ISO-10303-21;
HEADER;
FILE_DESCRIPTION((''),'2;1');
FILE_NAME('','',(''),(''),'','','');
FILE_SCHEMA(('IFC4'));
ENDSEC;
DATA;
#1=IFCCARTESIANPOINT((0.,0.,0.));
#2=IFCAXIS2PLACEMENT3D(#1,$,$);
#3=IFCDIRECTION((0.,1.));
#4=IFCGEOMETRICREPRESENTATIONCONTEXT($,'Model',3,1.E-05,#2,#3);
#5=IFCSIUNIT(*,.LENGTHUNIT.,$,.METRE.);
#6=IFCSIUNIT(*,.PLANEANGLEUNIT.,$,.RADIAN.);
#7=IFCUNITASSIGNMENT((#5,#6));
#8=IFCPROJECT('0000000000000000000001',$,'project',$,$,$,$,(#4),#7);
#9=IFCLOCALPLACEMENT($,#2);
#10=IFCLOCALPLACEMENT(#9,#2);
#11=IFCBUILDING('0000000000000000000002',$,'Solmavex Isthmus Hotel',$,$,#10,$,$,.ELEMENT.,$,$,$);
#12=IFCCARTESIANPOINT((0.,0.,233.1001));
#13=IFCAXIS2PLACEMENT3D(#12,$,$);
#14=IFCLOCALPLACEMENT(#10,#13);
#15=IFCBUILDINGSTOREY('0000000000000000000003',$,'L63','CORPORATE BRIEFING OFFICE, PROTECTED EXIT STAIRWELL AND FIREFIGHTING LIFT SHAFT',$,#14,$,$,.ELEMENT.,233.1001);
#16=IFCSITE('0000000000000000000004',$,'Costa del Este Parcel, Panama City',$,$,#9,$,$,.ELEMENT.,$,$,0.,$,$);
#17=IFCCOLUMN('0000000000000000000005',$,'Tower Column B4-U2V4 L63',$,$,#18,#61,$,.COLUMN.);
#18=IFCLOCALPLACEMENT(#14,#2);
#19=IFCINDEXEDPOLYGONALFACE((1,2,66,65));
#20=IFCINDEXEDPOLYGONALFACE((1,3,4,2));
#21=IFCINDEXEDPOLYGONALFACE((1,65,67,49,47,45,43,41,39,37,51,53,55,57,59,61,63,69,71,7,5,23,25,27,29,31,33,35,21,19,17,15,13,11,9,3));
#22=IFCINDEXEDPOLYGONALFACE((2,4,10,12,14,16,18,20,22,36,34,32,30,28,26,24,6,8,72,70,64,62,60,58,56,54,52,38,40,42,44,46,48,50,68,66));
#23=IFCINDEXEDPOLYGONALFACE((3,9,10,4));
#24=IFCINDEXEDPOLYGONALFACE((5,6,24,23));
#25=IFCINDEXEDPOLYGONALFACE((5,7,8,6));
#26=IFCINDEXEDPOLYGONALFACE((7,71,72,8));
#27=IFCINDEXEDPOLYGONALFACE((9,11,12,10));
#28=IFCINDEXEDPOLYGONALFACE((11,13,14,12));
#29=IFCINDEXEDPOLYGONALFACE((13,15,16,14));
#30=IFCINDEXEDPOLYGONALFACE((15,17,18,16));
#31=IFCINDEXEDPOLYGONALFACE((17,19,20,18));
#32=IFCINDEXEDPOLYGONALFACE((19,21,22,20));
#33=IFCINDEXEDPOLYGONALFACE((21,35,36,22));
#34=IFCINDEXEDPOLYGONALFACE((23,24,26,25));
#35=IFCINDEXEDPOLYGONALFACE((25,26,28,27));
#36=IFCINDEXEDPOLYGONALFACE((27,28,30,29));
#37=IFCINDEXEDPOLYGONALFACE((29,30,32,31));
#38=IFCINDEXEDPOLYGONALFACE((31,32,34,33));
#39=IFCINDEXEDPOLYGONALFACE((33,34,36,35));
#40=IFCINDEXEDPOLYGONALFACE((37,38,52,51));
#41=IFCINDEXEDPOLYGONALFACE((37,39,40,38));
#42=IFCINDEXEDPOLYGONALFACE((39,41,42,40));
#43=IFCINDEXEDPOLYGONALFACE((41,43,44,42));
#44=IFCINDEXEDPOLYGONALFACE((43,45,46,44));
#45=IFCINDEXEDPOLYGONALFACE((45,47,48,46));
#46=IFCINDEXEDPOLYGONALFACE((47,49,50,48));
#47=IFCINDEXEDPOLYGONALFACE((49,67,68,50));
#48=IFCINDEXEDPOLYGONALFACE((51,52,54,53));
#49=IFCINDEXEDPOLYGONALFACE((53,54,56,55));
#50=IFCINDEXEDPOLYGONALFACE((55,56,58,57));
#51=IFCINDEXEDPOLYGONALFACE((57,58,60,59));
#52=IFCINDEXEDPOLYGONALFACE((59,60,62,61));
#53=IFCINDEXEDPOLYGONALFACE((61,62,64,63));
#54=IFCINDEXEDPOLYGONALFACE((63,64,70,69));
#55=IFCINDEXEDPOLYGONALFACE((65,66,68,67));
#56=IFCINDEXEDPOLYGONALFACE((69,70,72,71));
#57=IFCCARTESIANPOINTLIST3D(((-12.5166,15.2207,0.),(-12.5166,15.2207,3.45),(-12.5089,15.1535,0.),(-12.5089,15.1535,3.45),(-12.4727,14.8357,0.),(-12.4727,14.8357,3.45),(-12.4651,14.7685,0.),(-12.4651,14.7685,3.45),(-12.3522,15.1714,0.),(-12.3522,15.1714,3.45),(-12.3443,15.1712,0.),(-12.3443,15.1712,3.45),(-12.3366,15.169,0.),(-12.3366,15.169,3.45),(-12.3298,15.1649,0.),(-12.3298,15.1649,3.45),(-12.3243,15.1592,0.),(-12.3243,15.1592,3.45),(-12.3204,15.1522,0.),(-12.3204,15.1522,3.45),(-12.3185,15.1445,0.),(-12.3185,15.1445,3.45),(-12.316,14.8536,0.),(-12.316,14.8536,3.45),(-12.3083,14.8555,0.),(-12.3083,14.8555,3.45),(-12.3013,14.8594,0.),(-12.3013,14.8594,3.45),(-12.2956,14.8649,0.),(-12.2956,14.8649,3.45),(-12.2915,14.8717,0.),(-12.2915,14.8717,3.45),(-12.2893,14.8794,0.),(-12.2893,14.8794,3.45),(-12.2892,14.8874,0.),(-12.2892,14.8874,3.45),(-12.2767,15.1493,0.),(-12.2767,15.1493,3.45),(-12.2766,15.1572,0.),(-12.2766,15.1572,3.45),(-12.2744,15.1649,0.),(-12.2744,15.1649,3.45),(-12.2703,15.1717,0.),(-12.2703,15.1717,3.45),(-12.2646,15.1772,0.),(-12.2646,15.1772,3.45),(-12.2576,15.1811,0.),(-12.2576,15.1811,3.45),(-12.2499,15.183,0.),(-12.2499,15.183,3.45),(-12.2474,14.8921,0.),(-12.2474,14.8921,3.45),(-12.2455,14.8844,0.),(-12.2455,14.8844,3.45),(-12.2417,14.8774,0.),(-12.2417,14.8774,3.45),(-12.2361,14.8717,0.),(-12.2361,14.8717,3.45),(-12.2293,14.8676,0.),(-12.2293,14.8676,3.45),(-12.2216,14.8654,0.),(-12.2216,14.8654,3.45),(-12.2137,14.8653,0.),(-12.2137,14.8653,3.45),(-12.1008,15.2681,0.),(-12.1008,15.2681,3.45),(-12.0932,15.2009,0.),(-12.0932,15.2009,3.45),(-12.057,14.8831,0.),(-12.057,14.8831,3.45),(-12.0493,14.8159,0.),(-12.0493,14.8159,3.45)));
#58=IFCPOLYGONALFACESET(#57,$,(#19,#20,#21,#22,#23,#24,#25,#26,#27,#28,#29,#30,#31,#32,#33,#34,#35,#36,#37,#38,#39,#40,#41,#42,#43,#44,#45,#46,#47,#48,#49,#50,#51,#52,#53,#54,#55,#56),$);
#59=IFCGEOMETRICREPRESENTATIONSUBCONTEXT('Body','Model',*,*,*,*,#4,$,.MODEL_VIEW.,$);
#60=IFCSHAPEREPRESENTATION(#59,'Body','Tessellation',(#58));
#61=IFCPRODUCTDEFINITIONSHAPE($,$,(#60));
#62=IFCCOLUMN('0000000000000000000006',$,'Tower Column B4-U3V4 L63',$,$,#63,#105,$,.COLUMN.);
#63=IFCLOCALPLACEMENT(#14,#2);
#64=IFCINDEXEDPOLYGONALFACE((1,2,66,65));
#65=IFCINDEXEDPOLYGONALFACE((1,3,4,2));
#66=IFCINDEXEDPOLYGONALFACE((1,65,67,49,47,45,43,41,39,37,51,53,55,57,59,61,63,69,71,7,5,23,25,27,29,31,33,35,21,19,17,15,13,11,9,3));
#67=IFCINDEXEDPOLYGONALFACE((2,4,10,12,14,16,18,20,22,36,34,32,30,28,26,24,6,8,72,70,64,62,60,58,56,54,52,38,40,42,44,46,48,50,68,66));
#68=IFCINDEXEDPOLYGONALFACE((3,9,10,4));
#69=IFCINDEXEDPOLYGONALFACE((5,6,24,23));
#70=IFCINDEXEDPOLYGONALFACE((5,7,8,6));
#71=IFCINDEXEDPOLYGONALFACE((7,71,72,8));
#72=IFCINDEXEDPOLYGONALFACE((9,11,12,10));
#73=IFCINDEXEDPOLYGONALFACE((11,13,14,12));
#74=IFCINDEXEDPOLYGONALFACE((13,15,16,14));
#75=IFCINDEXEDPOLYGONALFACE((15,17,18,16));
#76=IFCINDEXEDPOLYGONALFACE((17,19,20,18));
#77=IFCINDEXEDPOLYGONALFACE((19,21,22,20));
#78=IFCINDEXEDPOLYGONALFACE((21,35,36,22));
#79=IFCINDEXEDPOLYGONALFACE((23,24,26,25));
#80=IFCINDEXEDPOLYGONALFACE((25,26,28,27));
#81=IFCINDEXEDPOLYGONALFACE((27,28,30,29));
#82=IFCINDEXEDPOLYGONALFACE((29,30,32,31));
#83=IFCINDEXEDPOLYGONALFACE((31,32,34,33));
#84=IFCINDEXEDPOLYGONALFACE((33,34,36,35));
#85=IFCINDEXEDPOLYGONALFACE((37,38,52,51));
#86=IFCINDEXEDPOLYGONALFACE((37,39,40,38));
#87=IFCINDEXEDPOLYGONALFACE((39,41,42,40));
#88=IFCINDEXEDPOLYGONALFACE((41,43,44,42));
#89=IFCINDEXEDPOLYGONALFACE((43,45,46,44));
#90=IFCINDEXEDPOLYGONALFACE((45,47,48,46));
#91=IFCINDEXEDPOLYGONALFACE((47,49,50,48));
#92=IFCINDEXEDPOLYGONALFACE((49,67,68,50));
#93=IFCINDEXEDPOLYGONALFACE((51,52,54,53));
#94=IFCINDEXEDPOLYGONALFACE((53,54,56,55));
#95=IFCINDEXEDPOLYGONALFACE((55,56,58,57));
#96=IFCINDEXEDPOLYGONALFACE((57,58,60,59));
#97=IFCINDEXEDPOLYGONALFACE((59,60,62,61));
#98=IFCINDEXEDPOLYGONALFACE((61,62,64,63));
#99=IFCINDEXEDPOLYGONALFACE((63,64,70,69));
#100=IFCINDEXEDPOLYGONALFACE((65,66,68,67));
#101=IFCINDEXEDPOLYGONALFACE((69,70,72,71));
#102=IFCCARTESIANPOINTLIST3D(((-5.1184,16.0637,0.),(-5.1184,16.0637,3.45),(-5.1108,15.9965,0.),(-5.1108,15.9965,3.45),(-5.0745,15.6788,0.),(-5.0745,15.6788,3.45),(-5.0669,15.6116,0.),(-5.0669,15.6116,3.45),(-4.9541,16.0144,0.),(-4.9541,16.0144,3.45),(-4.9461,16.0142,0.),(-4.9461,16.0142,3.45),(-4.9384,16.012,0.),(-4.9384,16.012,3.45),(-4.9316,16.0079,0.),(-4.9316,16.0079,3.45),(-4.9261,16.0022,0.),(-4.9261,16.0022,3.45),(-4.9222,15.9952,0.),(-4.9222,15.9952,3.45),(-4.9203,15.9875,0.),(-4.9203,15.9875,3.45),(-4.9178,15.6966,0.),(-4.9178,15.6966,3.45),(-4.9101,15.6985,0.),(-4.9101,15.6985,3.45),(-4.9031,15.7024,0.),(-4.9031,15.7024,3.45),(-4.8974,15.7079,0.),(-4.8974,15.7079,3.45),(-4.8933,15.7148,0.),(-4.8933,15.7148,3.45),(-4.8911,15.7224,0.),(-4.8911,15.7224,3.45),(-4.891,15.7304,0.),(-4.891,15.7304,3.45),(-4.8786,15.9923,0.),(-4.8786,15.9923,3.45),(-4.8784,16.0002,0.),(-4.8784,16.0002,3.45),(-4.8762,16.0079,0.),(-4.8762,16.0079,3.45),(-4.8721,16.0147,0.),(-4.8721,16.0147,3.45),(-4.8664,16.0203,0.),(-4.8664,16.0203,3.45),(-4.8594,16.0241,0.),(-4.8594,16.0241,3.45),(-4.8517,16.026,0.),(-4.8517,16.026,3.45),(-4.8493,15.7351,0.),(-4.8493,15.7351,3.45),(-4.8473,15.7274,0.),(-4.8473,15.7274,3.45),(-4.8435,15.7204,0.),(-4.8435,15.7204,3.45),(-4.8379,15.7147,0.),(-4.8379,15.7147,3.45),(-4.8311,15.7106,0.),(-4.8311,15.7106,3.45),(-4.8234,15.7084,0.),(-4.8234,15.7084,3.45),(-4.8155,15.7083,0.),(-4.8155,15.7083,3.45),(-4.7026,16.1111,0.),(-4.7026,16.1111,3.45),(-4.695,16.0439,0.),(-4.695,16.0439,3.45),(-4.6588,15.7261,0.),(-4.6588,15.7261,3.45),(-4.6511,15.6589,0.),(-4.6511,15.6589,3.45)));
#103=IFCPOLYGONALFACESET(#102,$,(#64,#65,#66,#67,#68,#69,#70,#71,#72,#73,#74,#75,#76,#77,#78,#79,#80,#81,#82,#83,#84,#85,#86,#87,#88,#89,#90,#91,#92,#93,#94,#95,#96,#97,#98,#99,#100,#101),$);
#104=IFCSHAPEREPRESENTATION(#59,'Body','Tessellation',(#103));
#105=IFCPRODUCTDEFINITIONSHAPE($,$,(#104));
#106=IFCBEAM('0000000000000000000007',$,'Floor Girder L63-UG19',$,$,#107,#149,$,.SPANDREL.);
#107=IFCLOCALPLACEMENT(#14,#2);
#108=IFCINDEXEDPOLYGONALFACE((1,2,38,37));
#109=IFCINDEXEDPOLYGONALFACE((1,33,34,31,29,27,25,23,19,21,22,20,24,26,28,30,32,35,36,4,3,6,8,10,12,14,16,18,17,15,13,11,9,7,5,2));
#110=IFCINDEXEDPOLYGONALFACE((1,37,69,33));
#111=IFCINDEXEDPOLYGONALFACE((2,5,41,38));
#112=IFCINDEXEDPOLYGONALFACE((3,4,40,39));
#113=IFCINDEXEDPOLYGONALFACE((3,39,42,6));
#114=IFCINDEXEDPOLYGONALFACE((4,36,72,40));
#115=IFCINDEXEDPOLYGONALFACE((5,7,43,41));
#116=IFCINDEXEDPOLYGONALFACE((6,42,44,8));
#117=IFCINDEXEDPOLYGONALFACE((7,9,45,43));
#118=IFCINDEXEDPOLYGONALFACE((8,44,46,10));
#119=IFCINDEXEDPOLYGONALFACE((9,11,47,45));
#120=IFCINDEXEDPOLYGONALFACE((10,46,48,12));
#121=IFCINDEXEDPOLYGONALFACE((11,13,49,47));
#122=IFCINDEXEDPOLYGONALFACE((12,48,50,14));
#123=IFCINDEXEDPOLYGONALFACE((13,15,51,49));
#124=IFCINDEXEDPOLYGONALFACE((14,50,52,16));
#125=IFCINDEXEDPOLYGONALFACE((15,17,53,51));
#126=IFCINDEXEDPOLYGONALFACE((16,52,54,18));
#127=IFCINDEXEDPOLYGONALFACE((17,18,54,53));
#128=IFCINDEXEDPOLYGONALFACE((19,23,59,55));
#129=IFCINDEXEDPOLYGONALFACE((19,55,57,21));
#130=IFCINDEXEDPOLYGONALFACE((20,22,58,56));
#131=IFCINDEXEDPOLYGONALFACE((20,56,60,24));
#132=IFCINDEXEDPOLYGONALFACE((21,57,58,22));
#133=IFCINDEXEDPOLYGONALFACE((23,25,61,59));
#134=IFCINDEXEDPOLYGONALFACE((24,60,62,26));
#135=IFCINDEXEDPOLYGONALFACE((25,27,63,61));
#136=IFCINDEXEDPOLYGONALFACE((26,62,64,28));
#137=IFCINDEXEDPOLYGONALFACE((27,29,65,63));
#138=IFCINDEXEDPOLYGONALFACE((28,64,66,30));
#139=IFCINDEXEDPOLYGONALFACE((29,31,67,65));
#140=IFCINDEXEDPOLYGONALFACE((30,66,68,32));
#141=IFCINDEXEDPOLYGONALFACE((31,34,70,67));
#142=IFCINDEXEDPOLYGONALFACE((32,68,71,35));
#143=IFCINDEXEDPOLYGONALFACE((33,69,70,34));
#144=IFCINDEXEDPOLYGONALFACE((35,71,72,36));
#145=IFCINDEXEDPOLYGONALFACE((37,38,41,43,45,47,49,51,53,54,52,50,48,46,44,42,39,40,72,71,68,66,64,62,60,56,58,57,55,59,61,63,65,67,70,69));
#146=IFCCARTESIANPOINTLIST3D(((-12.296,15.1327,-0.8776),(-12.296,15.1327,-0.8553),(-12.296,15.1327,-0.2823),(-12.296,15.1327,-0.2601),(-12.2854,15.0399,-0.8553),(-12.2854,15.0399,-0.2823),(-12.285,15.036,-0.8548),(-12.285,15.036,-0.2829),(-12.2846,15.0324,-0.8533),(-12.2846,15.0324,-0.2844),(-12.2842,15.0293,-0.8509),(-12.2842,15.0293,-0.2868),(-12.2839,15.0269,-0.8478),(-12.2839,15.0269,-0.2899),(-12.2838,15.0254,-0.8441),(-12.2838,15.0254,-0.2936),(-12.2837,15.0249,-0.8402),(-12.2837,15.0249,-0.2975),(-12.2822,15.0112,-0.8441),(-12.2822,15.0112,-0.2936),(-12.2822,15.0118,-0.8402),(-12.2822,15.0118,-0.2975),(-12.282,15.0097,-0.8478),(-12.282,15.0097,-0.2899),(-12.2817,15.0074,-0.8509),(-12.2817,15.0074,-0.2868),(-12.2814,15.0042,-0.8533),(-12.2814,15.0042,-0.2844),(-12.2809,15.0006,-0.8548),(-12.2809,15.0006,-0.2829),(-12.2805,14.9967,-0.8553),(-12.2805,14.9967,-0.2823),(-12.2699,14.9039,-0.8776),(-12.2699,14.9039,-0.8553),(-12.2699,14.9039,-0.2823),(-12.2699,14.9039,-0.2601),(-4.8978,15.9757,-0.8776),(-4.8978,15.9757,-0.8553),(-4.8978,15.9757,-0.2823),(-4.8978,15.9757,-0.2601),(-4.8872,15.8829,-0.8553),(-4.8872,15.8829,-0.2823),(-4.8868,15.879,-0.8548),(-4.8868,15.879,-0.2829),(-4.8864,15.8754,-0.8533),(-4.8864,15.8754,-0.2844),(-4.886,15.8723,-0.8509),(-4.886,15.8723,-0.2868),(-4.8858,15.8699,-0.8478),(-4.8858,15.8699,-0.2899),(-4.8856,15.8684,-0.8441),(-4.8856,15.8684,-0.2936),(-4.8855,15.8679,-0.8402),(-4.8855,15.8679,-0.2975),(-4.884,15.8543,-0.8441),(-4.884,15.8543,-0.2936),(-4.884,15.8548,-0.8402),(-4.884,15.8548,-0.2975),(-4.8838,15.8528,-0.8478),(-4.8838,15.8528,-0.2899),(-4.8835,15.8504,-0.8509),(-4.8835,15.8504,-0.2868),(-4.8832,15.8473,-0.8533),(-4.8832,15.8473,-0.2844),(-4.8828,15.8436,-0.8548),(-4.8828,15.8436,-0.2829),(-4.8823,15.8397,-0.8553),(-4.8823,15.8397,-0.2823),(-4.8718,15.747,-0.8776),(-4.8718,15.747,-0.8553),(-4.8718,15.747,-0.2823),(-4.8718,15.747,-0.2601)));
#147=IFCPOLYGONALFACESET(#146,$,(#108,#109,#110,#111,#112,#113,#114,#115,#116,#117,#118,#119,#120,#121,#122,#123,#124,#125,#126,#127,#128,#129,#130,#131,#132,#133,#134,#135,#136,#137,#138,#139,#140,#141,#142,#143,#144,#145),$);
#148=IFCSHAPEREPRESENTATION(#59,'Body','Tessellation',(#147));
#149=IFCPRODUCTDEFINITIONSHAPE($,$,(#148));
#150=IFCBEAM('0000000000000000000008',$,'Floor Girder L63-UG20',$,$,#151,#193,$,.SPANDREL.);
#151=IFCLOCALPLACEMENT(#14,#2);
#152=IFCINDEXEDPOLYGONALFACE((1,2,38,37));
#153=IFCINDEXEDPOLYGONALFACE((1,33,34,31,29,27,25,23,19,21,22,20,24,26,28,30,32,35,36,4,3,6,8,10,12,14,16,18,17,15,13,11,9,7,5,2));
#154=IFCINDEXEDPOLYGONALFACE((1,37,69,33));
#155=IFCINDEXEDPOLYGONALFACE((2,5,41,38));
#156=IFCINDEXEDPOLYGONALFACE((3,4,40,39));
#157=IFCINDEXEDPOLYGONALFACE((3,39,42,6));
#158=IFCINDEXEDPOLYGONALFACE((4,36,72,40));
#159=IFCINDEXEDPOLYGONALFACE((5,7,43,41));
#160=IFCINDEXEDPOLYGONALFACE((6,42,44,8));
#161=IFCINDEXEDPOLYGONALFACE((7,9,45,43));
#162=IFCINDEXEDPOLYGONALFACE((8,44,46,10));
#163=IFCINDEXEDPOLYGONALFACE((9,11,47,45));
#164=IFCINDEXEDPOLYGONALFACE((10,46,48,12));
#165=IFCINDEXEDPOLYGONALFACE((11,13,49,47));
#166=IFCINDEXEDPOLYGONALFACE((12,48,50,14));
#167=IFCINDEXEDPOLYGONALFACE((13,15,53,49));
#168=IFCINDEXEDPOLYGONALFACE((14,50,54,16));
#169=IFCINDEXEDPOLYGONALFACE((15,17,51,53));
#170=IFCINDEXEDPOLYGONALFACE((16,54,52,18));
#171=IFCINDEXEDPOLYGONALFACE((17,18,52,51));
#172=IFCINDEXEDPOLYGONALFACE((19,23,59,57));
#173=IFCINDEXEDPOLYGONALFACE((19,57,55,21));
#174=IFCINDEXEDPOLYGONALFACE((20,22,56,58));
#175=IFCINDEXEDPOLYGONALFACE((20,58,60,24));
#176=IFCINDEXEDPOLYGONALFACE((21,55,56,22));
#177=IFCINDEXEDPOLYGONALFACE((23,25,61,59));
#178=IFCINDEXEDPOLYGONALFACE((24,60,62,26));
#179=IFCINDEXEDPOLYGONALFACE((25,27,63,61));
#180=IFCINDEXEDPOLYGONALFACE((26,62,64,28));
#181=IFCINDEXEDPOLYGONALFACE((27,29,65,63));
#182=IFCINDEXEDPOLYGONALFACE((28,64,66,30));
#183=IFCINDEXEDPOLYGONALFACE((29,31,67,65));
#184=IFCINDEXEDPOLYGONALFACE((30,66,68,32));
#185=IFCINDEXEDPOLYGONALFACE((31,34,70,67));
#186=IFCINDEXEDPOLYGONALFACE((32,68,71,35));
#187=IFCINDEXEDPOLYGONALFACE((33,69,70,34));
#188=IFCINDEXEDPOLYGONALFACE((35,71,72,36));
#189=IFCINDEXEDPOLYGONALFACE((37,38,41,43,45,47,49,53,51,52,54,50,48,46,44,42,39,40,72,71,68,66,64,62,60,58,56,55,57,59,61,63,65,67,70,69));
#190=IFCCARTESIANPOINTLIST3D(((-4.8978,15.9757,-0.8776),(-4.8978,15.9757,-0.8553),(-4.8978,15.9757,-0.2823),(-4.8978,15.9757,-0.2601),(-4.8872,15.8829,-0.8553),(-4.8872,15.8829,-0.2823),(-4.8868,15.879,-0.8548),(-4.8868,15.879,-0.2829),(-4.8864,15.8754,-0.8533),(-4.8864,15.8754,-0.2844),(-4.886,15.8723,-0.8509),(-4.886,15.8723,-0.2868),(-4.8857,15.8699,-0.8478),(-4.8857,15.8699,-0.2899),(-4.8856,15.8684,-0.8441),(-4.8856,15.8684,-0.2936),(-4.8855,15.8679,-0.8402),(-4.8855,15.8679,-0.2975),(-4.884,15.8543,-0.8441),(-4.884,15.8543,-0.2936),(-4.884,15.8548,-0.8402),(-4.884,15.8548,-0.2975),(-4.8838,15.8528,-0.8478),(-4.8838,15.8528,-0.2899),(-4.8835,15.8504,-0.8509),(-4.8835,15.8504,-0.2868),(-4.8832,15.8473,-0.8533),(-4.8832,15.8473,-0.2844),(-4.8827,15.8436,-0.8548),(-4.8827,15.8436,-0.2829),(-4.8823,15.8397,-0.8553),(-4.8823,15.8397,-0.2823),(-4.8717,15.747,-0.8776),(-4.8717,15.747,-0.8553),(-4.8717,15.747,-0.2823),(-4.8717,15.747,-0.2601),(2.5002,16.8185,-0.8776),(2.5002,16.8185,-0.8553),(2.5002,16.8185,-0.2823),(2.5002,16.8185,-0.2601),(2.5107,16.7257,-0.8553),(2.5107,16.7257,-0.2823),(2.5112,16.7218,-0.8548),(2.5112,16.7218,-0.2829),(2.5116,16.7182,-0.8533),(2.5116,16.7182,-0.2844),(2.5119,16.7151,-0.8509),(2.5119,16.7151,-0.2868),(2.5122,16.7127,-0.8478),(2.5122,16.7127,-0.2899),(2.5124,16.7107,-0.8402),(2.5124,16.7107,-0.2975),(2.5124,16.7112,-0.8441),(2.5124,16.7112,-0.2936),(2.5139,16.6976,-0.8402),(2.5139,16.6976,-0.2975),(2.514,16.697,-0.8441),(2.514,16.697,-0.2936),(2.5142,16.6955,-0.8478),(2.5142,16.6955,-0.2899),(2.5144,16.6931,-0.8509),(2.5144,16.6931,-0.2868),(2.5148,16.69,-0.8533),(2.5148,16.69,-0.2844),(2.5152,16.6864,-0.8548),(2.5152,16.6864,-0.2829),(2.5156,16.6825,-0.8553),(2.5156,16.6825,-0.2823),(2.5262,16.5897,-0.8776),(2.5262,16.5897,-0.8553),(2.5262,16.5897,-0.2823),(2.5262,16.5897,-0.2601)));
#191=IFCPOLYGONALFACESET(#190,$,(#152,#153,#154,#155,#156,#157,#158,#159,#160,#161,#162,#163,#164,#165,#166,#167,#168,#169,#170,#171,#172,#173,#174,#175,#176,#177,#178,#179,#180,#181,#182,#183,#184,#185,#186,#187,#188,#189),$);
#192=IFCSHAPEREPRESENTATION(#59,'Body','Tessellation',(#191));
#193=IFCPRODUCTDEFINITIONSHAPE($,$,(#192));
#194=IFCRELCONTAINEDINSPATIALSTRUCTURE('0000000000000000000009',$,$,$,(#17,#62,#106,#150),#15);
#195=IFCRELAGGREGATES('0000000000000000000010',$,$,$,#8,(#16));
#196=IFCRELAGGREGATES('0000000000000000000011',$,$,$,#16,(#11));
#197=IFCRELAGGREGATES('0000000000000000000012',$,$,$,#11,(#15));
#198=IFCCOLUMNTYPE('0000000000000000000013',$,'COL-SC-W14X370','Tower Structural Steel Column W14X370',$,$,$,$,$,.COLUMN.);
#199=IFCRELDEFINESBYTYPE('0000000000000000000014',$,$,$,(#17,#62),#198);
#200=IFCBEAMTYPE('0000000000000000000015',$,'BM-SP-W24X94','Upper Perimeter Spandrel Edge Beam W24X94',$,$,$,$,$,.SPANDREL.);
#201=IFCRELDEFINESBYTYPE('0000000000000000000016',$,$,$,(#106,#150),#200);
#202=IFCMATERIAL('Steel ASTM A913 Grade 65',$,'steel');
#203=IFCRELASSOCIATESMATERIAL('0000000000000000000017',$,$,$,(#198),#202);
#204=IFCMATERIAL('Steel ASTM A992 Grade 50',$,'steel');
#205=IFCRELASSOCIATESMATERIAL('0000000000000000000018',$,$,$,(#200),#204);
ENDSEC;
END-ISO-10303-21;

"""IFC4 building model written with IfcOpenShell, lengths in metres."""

from ifc_helpers import new_model, si_unit, direction, frame, origin, origin_2d, place, context, subcontext, project, spatial, i_section, extrude, material, material_profile, profile_set, type_object, element, save


model = new_model("IFC4")

# Units and contexts
model_context = context("Model", 3, precision=1e-05, world=origin(), true_north=direction((0.0, 1.0)))
body_context = subcontext(model_context, "Body", "Model", "MODEL_VIEW")
ifc_project = project(units=[si_unit("LENGTHUNIT", "METRE"), si_unit("PLANEANGLEUNIT", "RADIAN")], contexts=[model_context])

# Site, building, storey
site_placement = place(None, origin())
site = spatial("IfcSite", under=ifc_project, at=site_placement, Name="Costa del Este Parcel, Panama City", CompositionType="ELEMENT", RefElevation=0.0)
building_placement = place(site_placement, origin())
building = spatial("IfcBuilding", under=site, at=building_placement, Name="Solmavex Isthmus Hotel", CompositionType="ELEMENT")
storey_placement = place(building_placement, frame((0.0, 0.0, 233.1001)))
storey = spatial("IfcBuildingStorey", under=building, at=storey_placement, Name="L63", Description="CORPORATE BRIEFING OFFICE, PROTECTED EXIT STAIRWELL AND FIREFIGHTING LIFT SHAFT", CompositionType="ELEMENT", Elevation=233.1001)

# Columns
ifc_material_1 = material(Name="Steel ASTM A913 Grade 65", Category="steel")
ifc_material_profile_1 = material_profile(ifc_material_1, i_section(OverallWidth=0.4185, OverallDepth=0.4551, WebThickness=0.042, FlangeThickness=0.0676, FilletRadius=0.0305, at=origin_2d()), Name="W14X370")
ifc_profile_set_1 = profile_set([ifc_material_profile_1], Name="Steel ASTM A913 Grade 65")
column_type = type_object("IfcColumnType", Name="COL-SC-W14X370", Description="Tower Structural Steel Column W14X370", PredefinedType="COLUMN", material=ifc_profile_set_1)
for number, where, z_axis, x_axis, name in (
    (1, (-12.283, 15.0183, 0.0), (0.0, 0.0, 1.0), (0.993572, 0.113203, 0.0), "Tower Column B4-U2V4 L63"),
    (2, (-4.8848, 15.8613, 0.0), (0.0, 0.0, 1.0), (0.993572, 0.113203, 0.0), "Tower Column B4-U3V4 L63"),
):
    element("IfcColumn", number, at=place(storey_placement, frame(where, z_axis=z_axis, x_axis=x_axis)), inside=storey, type_object=column_type, Name=name, PredefinedType="COLUMN", context=body_context, shape_type="SweptSolid", body=[
        extrude(i_section(OverallWidth=0.4185, OverallDepth=0.4551, WebThickness=0.042, FlangeThickness=0.0676, FilletRadius=0.0305, at=origin_2d()), origin(), (0.0, 0.0, 1.0), 3.45),
    ])

# Beams
ifc_material_2 = material(Name="Steel ASTM A992 Grade 50", Category="steel")
ifc_material_profile_2 = material_profile(ifc_material_2, i_section(OverallWidth=0.2302, OverallDepth=0.6174, WebThickness=0.0132, FlangeThickness=0.0222, FilletRadius=0.0151, at=origin_2d()), Name="W24X94")
ifc_profile_set_2 = profile_set([ifc_material_profile_2], Name="Steel ASTM A992 Grade 50")
beam_type = type_object("IfcBeamType", Name="BM-SP-W24X94", Description="Upper Perimeter Spandrel Edge Beam W24X94", PredefinedType="SPANDREL", material=ifc_profile_set_2)
beam_1_placement = place(storey_placement, frame((-12.283, 15.0183, -0.5688), z_axis=(0.99357, 0.113216, 0.0), x_axis=(-0.113216, 0.99357, 0.0)))
element("IfcBeam", 3, at=beam_1_placement, inside=storey, type_object=beam_type, Name="Floor Girder L63-UG19", PredefinedType="SPANDREL", context=body_context, shape_type="SweptSolid", body=[
    extrude(i_section(OverallWidth=0.2302, OverallDepth=0.6174, WebThickness=0.0132, FlangeThickness=0.0222, FilletRadius=0.0151, at=origin_2d()), origin(), (0.0, 0.0, 1.0), 7.446),
])
beam_2_placement = place(storey_placement, frame((-4.8848, 15.8613, -0.5688), z_axis=(0.993574, 0.113188, 0.0), x_axis=(-0.113188, 0.993574, 0.0)))
element("IfcBeam", 4, at=beam_2_placement, inside=storey, type_object=beam_type, Name="Floor Girder L63-UG20", PredefinedType="SPANDREL", context=body_context, shape_type="SweptSolid", body=[
    extrude(i_section(OverallWidth=0.2302, OverallDepth=0.6174, WebThickness=0.0132, FlangeThickness=0.0222, FilletRadius=0.0151, at=origin_2d()), origin(), (0.0, 0.0, 1.0), 7.4458),
])

save(model, "model.ifc")
